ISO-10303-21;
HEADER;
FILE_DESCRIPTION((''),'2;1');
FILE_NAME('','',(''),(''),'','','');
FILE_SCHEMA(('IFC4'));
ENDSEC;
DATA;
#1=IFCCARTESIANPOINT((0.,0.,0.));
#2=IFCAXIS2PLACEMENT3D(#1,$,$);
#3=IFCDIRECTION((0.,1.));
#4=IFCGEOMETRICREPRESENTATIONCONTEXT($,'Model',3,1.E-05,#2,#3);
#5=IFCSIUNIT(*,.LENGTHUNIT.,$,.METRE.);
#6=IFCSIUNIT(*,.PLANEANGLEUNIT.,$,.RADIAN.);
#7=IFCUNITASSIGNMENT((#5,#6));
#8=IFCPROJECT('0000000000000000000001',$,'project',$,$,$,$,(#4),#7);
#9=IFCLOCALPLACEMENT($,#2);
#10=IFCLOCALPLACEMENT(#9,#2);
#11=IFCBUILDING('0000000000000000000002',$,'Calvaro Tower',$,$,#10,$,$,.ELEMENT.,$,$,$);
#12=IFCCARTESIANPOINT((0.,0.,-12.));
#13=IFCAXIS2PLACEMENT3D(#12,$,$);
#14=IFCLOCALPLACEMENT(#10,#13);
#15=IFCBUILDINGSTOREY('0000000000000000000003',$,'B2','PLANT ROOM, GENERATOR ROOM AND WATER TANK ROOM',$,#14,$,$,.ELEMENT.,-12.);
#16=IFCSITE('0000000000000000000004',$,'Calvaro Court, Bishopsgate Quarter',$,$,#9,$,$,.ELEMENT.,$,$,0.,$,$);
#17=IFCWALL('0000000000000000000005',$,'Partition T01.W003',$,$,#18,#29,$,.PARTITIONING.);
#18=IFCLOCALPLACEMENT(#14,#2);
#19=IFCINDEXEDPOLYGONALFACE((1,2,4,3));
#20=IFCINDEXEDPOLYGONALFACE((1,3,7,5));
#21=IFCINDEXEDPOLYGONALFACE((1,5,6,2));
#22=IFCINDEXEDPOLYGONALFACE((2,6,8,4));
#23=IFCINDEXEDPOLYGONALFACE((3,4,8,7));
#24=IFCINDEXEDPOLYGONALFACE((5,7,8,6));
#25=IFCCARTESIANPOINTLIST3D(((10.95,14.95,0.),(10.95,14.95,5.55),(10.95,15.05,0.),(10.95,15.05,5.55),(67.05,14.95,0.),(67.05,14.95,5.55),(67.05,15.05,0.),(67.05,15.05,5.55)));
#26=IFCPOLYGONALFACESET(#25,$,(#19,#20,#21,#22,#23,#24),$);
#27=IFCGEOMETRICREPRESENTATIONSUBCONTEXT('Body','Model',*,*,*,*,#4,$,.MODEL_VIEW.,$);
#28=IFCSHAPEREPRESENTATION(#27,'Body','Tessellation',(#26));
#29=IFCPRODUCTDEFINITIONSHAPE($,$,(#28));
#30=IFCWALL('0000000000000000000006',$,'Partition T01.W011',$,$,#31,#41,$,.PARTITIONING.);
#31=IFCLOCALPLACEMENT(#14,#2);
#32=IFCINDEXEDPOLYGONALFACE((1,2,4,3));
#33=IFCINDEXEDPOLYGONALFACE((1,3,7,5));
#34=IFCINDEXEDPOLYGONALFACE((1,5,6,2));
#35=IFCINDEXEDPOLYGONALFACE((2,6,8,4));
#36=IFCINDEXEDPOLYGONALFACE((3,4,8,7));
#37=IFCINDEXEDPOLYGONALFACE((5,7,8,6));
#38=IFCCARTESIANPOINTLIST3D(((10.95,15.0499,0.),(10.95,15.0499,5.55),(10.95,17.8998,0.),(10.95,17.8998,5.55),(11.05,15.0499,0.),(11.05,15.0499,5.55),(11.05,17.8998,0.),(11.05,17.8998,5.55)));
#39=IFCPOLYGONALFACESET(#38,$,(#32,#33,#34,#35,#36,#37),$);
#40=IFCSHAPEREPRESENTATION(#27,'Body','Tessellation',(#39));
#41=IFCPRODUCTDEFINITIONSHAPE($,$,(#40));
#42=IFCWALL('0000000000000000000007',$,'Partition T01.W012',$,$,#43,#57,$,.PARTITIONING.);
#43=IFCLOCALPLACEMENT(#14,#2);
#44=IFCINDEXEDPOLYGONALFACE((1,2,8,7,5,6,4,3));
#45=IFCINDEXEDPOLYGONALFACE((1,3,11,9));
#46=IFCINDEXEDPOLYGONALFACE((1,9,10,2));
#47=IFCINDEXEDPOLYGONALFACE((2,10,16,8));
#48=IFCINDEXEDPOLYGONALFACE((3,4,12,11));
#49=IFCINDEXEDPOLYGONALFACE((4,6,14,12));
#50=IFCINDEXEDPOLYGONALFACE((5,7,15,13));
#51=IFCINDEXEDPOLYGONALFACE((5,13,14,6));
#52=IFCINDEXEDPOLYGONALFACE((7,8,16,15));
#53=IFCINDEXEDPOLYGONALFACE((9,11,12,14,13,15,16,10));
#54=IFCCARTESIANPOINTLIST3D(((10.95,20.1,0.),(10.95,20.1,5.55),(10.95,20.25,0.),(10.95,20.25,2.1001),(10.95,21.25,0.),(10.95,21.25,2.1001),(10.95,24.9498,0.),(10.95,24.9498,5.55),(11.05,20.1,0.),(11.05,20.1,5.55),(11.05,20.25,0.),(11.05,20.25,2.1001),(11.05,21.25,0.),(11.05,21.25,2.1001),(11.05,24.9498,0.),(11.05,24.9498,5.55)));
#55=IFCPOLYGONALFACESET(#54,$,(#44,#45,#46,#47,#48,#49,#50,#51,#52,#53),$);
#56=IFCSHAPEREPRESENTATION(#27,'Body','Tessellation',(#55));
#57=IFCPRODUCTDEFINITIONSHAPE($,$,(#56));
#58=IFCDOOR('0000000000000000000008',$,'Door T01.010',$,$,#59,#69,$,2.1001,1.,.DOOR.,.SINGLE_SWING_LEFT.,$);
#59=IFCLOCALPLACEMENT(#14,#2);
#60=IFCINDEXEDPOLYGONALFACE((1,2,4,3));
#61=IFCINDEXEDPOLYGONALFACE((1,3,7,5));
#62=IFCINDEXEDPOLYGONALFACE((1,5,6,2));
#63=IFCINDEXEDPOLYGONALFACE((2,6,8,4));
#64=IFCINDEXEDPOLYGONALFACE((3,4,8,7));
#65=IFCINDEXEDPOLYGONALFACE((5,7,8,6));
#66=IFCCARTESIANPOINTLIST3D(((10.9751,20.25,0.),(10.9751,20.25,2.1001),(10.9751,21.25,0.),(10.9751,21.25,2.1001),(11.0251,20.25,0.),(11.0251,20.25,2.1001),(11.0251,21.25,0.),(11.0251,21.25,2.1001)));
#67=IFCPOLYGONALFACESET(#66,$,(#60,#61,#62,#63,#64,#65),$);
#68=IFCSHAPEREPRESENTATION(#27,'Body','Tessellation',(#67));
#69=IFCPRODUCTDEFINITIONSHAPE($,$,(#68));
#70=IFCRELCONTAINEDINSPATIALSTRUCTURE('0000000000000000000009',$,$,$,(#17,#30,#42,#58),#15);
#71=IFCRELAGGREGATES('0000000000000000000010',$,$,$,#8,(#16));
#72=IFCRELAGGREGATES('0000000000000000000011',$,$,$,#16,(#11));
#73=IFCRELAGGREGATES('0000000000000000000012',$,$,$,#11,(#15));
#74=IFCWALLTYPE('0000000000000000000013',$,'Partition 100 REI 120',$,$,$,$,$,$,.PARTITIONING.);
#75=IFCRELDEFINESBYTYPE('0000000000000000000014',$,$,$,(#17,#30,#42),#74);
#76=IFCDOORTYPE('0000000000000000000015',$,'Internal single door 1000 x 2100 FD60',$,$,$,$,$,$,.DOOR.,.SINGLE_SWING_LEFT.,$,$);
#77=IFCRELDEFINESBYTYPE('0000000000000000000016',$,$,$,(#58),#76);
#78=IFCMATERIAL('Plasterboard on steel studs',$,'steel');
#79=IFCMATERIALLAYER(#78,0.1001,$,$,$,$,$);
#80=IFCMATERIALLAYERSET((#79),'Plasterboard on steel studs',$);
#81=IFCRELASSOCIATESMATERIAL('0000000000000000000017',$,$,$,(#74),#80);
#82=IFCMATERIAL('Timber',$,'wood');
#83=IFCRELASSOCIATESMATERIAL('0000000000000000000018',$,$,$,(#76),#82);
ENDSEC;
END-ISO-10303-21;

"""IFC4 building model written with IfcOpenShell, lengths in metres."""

from ifc_helpers import new_model, si_unit, direction, frame, frame_2d, origin, place, context, subcontext, project, spatial, rectangle, extrude, material, layer, layer_set, type_object, element, fill, save


model = new_model("IFC4")

# Units and contexts
model_context = context("Model", 3, precision=1e-05, world=origin(), true_north=direction((0.0, 1.0)))
body_context = subcontext(model_context, "Body", "Model", "MODEL_VIEW")
ifc_project = project(units=[si_unit("LENGTHUNIT", "METRE"), si_unit("PLANEANGLEUNIT", "RADIAN")], contexts=[model_context])

# Site, building, storey
site_placement = place(None, origin())
site = spatial("IfcSite", under=ifc_project, at=site_placement, Name="Calvaro Court, Bishopsgate Quarter", CompositionType="ELEMENT", RefElevation=0.0)
building_placement = place(site_placement, origin())
building = spatial("IfcBuilding", under=site, at=building_placement, Name="Calvaro Tower", CompositionType="ELEMENT")
storey_placement = place(building_placement, frame((0.0, 0.0, -12.0)))
storey = spatial("IfcBuildingStorey", under=building, at=storey_placement, Name="B2", Description="PLANT ROOM, GENERATOR ROOM AND WATER TANK ROOM", CompositionType="ELEMENT", Elevation=-12.0)

# Shared definitions
ifc_material_1 = material(Name="Plasterboard on steel studs", Category="steel")
ifc_layer_1 = layer(ifc_material_1, 0.1001)
ifc_layer_set_1 = layer_set([ifc_layer_1], Name="Plasterboard on steel studs")
wall_type_1 = type_object("IfcWallType", Name="Partition 100 REI 120", PredefinedType="PARTITIONING", material=ifc_layer_set_1)
ifc_material_2 = material(Name="Timber", Category="wood")
door_type_1 = type_object("IfcDoorType", Name="Internal single door 1000 x 2100 FD60", OperationType="SINGLE_SWING_LEFT", PredefinedType="DOOR", material=ifc_material_2)

# Walls
wall_1_placement = place(storey_placement, frame((10.95, 15.0, 0.0), z_axis=(0.0, 0.0, 1.0), x_axis=(1.0, 0.0, 0.0)))
element("IfcWall", 1, at=wall_1_placement, inside=storey, type_object=wall_type_1, Name="Partition T01.W003", PredefinedType="PARTITIONING", context=body_context, shape_type="SweptSolid", body=[
    extrude(rectangle(XDim=56.1001, YDim=0.1001, at=frame_2d((28.05, 0.0))), origin(), (0.0, 0.0, 1.0), 5.55),
])
wall_2_placement = place(storey_placement, frame((11.0, 15.05, 0.0), z_axis=(0.0, 0.0, 1.0), x_axis=(0.0, 1.0, 0.0)))
element("IfcWall", 2, at=wall_2_placement, inside=storey, type_object=wall_type_1, Name="Partition T01.W011", PredefinedType="PARTITIONING", context=body_context, shape_type="SweptSolid", body=[
    extrude(rectangle(XDim=2.8499, YDim=0.1001, at=frame_2d((1.4248, 0.0))), origin(), (0.0, 0.0, 1.0), 5.55),
])

# Wall, opening, door
wall_3_placement = place(storey_placement, frame((11.0, 20.1001, 0.0), z_axis=(0.0, 0.0, 1.0), x_axis=(0.0, 1.0, 0.0)))
wall_3 = element("IfcWall", 3, at=wall_3_placement, inside=storey, type_object=wall_type_1, Name="Partition T01.W012", PredefinedType="PARTITIONING", context=body_context, shape_type="SweptSolid", body=[
    extrude(rectangle(XDim=4.8499, YDim=0.1001, at=frame_2d((2.4248, 0.0))), origin(), (0.0, 0.0, 1.0), 5.55),
])
opening_1_placement = place(wall_3_placement, frame((0.1499, 0.0, 0.0)))
opening_1 = element("IfcOpeningElement", 4, at=opening_1_placement, cuts=wall_3, PredefinedType="OPENING", context=body_context, shape_type="SweptSolid", body=[
    extrude(rectangle(XDim=1.0, YDim=2.1001, at=frame_2d((0.5, 1.05))), frame((0.0, 0.0601, 0.0), z_axis=(0.0, -1.0, 0.0), x_axis=(1.0, 0.0, 0.0)), (0.0, 0.0, 1.0), 0.1201),
])
door_1_placement = place(opening_1_placement, origin())
door_1 = element("IfcDoor", 5, at=door_1_placement, inside=storey, type_object=door_type_1, Name="Door T01.010", OperationType="SINGLE_SWING_LEFT", OverallHeight=2.1001, OverallWidth=1.0, PredefinedType="DOOR", context=body_context, shape_type="SweptSolid", body=[
    extrude(rectangle(XDim=1.0, YDim=2.1001, at=frame_2d((0.5, 1.05))), frame((0.0, 0.0249, 0.0), z_axis=(0.0, -1.0, 0.0), x_axis=(1.0, 0.0, 0.0)), (0.0, 0.0, 1.0), 0.05),
])
fill(opening_1, door_1)

save(model, "model.ifc")
